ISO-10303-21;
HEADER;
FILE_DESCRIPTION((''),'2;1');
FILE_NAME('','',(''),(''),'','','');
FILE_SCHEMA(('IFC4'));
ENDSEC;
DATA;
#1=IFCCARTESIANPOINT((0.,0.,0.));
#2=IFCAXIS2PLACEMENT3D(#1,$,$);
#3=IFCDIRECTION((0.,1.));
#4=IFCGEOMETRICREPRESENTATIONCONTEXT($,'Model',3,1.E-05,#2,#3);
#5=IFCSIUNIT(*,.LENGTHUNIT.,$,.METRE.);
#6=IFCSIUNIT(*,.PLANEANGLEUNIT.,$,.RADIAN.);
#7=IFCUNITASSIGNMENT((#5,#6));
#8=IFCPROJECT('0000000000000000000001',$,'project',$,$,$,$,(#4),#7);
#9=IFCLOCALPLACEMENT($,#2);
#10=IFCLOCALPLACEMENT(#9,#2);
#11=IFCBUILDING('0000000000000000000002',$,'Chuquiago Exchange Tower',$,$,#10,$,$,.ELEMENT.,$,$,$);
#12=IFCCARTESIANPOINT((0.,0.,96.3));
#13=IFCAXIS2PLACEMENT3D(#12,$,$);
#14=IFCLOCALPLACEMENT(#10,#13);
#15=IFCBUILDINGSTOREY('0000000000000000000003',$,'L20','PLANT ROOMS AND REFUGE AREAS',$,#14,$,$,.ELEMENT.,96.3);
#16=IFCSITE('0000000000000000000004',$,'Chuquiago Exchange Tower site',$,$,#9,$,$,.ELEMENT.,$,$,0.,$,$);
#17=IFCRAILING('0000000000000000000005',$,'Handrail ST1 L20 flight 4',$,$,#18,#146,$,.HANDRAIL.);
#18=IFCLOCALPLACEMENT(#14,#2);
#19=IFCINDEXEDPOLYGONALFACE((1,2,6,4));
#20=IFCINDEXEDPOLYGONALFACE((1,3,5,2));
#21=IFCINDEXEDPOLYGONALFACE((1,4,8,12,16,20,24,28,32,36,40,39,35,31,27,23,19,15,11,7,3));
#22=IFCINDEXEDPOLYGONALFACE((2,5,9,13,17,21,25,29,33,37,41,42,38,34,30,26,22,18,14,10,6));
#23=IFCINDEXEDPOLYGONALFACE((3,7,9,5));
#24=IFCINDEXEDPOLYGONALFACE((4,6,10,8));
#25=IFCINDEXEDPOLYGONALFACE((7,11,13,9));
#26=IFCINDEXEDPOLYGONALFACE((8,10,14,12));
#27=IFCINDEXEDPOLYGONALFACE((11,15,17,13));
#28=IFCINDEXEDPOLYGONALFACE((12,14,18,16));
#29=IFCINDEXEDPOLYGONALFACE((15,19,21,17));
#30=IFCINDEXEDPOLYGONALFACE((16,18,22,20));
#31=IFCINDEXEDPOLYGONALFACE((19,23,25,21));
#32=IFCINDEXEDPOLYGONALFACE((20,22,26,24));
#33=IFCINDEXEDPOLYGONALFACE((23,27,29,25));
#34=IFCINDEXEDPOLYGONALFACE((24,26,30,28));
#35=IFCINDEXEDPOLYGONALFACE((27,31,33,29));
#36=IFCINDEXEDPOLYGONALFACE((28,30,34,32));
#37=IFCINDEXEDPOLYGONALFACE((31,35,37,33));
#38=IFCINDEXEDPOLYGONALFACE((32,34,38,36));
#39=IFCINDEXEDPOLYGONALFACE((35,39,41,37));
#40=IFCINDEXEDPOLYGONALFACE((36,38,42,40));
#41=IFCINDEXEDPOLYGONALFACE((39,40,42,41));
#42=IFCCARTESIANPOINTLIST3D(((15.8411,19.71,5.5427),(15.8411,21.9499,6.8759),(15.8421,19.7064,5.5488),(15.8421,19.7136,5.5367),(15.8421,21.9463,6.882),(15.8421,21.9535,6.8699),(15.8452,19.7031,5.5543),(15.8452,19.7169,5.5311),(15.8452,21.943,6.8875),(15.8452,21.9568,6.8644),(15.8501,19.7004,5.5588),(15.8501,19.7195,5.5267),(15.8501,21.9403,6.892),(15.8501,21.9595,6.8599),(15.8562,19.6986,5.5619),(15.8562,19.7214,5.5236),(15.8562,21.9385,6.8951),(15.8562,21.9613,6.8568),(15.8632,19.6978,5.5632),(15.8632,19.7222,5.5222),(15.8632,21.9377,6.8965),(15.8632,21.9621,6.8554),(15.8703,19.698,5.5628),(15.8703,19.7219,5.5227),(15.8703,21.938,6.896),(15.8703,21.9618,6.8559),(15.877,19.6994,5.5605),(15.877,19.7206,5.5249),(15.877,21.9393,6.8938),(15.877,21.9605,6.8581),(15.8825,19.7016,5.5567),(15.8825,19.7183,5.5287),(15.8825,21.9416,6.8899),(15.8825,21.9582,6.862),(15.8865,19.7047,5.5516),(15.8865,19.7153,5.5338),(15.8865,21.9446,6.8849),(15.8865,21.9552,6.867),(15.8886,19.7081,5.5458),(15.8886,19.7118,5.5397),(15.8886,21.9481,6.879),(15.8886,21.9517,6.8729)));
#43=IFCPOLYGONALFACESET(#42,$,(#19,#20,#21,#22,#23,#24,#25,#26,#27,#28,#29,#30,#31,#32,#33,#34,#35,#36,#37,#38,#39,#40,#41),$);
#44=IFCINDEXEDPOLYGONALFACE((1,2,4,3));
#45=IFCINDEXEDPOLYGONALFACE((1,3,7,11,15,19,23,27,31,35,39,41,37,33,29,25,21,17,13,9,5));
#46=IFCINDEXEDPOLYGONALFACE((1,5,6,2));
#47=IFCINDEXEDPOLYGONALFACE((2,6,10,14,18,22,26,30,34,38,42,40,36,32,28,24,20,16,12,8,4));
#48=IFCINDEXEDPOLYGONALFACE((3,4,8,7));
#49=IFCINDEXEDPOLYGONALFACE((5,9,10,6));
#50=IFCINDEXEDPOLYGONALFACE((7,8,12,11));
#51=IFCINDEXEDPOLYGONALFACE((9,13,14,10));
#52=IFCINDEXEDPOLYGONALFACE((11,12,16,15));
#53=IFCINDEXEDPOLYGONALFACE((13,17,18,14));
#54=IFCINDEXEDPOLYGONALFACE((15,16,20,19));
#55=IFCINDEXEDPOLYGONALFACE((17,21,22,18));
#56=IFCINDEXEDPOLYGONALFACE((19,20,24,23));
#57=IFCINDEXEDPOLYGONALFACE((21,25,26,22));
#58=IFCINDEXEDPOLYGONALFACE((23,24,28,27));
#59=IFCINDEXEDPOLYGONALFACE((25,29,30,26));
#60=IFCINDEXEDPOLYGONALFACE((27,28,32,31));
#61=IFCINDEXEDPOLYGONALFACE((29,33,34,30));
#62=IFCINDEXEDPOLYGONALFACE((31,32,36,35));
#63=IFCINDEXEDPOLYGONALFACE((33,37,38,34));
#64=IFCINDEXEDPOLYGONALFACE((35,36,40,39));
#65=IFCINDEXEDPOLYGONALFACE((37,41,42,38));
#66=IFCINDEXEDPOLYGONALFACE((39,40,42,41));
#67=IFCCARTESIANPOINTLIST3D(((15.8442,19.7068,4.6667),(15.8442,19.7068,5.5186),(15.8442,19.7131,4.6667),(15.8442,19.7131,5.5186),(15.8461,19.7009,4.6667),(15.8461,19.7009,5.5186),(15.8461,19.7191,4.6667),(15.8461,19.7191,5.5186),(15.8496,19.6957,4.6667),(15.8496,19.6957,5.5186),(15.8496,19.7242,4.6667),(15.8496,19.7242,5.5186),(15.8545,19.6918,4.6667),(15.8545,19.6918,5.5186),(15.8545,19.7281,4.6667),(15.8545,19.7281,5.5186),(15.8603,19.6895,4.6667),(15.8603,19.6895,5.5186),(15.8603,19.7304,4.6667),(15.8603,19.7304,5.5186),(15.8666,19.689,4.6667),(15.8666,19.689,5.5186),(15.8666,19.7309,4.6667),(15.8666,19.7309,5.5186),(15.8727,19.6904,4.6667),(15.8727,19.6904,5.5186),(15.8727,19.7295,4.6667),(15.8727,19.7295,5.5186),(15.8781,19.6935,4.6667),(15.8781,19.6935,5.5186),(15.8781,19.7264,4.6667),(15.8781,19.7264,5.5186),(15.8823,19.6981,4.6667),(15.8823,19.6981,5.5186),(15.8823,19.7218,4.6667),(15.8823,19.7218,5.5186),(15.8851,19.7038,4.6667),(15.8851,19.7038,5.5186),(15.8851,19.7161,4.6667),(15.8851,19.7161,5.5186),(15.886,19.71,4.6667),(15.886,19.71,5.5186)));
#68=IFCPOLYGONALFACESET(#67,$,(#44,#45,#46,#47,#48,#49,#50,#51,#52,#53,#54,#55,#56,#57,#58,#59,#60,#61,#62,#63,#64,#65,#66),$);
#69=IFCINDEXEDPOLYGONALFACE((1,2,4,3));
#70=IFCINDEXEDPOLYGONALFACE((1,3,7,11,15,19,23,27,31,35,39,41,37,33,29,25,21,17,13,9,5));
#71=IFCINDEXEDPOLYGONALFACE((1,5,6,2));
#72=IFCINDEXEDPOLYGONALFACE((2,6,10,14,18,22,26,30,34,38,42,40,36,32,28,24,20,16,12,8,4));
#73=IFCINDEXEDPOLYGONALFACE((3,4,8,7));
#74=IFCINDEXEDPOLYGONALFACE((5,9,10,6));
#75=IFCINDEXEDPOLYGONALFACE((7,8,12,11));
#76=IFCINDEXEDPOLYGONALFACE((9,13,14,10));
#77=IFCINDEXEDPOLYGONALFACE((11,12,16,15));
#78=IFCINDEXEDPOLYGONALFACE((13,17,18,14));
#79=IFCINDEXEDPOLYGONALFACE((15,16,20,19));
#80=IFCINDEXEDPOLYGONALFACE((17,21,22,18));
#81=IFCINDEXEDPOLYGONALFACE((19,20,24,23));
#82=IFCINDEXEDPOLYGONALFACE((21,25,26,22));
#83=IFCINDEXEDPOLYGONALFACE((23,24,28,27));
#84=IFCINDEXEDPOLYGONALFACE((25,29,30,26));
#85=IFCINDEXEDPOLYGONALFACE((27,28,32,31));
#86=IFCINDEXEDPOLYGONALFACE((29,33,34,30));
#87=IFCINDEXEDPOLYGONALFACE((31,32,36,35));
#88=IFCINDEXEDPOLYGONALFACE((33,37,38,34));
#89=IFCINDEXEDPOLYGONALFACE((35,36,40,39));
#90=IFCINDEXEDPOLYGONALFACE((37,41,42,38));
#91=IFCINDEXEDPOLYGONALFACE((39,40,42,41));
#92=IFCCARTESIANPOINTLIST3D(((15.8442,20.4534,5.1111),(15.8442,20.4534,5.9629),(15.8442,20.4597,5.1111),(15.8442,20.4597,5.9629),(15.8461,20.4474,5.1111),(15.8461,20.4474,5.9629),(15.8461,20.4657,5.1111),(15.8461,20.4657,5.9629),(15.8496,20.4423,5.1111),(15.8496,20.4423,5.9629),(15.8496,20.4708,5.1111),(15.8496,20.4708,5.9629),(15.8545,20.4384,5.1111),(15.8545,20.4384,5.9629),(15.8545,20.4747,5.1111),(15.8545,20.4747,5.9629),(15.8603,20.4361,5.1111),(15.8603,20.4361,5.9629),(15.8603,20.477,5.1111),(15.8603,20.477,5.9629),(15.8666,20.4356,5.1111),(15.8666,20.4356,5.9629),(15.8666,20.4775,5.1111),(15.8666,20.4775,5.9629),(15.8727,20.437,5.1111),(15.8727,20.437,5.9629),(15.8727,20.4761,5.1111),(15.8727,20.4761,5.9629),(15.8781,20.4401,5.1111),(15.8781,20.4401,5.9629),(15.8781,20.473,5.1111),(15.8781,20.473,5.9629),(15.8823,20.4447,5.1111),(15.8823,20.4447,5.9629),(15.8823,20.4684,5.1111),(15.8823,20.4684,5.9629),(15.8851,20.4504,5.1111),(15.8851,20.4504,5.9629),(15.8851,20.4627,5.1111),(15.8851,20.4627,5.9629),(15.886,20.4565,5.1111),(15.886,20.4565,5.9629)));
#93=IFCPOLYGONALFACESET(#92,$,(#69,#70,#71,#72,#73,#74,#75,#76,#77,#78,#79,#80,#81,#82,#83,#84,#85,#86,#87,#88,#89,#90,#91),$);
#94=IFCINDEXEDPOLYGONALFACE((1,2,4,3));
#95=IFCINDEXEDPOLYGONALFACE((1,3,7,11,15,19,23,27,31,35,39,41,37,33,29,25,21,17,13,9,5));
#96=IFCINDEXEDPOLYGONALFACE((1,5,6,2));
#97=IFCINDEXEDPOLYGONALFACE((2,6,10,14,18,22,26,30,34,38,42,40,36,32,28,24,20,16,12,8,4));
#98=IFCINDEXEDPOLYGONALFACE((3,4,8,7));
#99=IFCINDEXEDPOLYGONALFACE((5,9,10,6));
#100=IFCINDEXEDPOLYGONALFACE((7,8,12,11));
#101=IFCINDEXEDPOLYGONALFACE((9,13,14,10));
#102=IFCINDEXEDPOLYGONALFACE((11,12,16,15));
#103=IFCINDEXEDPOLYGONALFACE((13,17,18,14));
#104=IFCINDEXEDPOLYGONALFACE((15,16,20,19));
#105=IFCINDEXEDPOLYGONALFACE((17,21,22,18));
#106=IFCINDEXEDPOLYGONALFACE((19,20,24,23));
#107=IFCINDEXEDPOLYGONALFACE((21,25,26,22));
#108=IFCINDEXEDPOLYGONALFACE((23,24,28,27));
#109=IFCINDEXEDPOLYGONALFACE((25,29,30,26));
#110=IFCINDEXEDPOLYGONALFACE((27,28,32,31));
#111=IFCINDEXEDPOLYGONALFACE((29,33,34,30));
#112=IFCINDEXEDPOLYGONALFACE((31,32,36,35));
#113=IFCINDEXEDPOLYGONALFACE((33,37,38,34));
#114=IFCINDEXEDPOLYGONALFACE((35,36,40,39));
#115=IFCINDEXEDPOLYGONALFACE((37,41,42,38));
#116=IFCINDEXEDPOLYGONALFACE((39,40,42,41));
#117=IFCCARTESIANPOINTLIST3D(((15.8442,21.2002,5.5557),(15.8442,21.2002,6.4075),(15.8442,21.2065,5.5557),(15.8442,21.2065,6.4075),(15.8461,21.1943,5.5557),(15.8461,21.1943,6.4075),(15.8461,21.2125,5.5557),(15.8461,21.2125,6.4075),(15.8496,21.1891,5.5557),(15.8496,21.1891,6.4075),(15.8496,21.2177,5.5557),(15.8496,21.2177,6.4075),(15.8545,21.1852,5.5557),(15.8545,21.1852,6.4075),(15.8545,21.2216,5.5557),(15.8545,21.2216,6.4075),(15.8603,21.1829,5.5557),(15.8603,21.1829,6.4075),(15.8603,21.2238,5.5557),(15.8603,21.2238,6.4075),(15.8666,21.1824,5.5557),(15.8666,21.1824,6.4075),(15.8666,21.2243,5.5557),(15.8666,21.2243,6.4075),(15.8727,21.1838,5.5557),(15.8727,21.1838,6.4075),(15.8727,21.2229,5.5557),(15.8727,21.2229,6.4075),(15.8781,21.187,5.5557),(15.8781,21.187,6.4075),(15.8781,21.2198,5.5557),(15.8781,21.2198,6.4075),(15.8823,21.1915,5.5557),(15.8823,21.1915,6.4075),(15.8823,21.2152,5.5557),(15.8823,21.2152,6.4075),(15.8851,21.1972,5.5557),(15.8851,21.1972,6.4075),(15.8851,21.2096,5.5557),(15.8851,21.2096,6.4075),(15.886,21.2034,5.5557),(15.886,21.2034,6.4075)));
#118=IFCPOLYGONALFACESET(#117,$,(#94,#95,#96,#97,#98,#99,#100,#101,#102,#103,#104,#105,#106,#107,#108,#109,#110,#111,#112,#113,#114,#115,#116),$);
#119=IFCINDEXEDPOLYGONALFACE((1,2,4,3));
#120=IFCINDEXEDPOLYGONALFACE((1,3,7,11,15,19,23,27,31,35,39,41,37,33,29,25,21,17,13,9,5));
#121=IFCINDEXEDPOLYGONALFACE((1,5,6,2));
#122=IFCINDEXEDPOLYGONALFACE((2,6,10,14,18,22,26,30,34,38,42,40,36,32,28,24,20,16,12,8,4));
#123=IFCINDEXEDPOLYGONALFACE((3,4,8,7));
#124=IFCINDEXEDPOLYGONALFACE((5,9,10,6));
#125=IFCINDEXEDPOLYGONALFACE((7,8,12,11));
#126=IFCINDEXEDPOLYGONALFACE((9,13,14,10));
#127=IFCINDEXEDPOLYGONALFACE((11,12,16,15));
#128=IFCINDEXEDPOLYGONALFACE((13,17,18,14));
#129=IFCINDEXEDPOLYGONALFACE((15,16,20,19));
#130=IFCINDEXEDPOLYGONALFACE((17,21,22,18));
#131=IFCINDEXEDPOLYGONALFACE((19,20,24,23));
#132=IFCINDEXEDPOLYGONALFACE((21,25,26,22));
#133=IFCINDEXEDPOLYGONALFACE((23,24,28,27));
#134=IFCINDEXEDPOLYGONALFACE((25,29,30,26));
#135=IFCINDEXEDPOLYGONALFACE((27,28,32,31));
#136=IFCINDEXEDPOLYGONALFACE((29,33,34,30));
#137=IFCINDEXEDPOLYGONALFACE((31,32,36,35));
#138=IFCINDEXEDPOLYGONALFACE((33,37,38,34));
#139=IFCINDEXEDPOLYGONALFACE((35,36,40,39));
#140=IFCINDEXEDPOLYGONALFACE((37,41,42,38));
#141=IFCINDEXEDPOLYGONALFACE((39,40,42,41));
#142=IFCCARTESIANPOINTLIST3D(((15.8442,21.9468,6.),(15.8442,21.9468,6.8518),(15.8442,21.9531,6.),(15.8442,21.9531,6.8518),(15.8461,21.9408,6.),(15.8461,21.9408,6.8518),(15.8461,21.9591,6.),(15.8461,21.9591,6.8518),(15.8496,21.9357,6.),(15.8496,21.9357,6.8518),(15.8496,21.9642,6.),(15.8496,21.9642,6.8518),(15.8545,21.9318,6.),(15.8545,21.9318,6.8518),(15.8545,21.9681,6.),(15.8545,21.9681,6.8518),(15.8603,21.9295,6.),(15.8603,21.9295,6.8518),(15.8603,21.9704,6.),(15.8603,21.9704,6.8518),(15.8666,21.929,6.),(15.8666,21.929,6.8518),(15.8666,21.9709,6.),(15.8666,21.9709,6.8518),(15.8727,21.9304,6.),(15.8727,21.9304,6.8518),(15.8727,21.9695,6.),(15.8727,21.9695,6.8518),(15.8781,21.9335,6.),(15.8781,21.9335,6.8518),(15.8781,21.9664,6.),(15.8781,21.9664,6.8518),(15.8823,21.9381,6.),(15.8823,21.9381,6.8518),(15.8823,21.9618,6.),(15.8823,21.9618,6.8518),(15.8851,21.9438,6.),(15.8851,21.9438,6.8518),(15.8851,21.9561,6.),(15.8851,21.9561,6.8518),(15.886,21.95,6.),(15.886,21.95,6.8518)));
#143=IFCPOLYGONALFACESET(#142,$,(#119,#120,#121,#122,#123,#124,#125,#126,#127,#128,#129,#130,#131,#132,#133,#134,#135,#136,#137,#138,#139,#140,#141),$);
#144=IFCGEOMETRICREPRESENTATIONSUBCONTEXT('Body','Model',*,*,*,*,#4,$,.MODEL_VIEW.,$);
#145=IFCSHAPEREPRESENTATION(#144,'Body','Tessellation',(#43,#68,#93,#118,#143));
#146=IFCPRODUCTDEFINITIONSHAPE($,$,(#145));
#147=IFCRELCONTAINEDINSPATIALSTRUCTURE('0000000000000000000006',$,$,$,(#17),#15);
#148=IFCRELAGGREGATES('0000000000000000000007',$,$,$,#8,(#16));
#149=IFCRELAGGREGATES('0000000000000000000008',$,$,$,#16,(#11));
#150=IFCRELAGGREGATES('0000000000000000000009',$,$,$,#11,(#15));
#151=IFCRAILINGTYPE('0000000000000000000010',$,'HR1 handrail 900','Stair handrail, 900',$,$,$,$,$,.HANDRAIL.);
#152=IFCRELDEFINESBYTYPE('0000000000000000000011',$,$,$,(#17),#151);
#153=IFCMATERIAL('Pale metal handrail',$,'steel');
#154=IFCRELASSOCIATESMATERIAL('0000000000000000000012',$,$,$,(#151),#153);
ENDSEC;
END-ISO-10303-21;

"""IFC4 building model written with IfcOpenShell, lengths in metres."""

from ifc_helpers import new_model, si_unit, direction, frame, origin, origin_2d, place, context, subcontext, project, spatial, circle, extrude, material, type_object, element, save


model = new_model("IFC4")

# Units and contexts
model_context = context("Model", 3, precision=1e-05, world=origin(), true_north=direction((0.0, 1.0)))
body_context = subcontext(model_context, "Body", "Model", "MODEL_VIEW")
ifc_project = project(units=[si_unit("LENGTHUNIT", "METRE"), si_unit("PLANEANGLEUNIT", "RADIAN")], contexts=[model_context])

# Site, building, storey
site_placement = place(None, origin())
site = spatial("IfcSite", under=ifc_project, at=site_placement, Name="Chuquiago Exchange Tower site", CompositionType="ELEMENT", RefElevation=0.0)
building_placement = place(site_placement, origin())
building = spatial("IfcBuilding", under=site, at=building_placement, Name="Chuquiago Exchange Tower", CompositionType="ELEMENT")
storey_placement = place(building_placement, frame((0.0, 0.0, 96.3)))
storey = spatial("IfcBuildingStorey", under=building, at=storey_placement, Name="L20", Description="PLANT ROOMS AND REFUGE AREAS", CompositionType="ELEMENT", Elevation=96.3)

# Railing
ifc_material_1 = material(Name="Pale metal handrail", Category="steel")
railing_type_1 = type_object("IfcRailingType", Name="HR1 handrail 900", Description="Stair handrail, 900", PredefinedType="HANDRAIL", material=ifc_material_1)
for number, where, name in (
    (1, (15.865, 19.71, 4.6667), "Handrail ST1 L20 flight 4"),
):
    element("IfcRailing", number, at=place(storey_placement, frame(where)), inside=storey, type_object=railing_type_1, Name=name, PredefinedType="HANDRAIL", context=body_context, shape_type="SweptSolid", body=[
        extrude(circle(Radius=0.0239, at=origin_2d()), frame((0.0, 0.0, 0.876), z_axis=(0.0, 0.859306, 0.511462), x_axis=(-1.0, 0.0, 0.0)), (0.0, 0.0, 1.0), 2.6067),
        extrude(circle(Radius=0.021, at=origin_2d()), origin(), (0.0, 0.0, 1.0), 0.8518),
        extrude(circle(Radius=0.021, at=origin_2d()), frame((0.0, 0.7466, 0.4443)), (0.0, 0.0, 1.0), 0.8518),
        extrude(circle(Radius=0.021, at=origin_2d()), frame((0.0, 1.4934, 0.8889)), (0.0, 0.0, 1.0), 0.8518),
        extrude(circle(Radius=0.021, at=origin_2d()), frame((0.0, 2.24, 1.3333)), (0.0, 0.0, 1.0), 0.8518),
    ])

save(model, "model.ifc")
